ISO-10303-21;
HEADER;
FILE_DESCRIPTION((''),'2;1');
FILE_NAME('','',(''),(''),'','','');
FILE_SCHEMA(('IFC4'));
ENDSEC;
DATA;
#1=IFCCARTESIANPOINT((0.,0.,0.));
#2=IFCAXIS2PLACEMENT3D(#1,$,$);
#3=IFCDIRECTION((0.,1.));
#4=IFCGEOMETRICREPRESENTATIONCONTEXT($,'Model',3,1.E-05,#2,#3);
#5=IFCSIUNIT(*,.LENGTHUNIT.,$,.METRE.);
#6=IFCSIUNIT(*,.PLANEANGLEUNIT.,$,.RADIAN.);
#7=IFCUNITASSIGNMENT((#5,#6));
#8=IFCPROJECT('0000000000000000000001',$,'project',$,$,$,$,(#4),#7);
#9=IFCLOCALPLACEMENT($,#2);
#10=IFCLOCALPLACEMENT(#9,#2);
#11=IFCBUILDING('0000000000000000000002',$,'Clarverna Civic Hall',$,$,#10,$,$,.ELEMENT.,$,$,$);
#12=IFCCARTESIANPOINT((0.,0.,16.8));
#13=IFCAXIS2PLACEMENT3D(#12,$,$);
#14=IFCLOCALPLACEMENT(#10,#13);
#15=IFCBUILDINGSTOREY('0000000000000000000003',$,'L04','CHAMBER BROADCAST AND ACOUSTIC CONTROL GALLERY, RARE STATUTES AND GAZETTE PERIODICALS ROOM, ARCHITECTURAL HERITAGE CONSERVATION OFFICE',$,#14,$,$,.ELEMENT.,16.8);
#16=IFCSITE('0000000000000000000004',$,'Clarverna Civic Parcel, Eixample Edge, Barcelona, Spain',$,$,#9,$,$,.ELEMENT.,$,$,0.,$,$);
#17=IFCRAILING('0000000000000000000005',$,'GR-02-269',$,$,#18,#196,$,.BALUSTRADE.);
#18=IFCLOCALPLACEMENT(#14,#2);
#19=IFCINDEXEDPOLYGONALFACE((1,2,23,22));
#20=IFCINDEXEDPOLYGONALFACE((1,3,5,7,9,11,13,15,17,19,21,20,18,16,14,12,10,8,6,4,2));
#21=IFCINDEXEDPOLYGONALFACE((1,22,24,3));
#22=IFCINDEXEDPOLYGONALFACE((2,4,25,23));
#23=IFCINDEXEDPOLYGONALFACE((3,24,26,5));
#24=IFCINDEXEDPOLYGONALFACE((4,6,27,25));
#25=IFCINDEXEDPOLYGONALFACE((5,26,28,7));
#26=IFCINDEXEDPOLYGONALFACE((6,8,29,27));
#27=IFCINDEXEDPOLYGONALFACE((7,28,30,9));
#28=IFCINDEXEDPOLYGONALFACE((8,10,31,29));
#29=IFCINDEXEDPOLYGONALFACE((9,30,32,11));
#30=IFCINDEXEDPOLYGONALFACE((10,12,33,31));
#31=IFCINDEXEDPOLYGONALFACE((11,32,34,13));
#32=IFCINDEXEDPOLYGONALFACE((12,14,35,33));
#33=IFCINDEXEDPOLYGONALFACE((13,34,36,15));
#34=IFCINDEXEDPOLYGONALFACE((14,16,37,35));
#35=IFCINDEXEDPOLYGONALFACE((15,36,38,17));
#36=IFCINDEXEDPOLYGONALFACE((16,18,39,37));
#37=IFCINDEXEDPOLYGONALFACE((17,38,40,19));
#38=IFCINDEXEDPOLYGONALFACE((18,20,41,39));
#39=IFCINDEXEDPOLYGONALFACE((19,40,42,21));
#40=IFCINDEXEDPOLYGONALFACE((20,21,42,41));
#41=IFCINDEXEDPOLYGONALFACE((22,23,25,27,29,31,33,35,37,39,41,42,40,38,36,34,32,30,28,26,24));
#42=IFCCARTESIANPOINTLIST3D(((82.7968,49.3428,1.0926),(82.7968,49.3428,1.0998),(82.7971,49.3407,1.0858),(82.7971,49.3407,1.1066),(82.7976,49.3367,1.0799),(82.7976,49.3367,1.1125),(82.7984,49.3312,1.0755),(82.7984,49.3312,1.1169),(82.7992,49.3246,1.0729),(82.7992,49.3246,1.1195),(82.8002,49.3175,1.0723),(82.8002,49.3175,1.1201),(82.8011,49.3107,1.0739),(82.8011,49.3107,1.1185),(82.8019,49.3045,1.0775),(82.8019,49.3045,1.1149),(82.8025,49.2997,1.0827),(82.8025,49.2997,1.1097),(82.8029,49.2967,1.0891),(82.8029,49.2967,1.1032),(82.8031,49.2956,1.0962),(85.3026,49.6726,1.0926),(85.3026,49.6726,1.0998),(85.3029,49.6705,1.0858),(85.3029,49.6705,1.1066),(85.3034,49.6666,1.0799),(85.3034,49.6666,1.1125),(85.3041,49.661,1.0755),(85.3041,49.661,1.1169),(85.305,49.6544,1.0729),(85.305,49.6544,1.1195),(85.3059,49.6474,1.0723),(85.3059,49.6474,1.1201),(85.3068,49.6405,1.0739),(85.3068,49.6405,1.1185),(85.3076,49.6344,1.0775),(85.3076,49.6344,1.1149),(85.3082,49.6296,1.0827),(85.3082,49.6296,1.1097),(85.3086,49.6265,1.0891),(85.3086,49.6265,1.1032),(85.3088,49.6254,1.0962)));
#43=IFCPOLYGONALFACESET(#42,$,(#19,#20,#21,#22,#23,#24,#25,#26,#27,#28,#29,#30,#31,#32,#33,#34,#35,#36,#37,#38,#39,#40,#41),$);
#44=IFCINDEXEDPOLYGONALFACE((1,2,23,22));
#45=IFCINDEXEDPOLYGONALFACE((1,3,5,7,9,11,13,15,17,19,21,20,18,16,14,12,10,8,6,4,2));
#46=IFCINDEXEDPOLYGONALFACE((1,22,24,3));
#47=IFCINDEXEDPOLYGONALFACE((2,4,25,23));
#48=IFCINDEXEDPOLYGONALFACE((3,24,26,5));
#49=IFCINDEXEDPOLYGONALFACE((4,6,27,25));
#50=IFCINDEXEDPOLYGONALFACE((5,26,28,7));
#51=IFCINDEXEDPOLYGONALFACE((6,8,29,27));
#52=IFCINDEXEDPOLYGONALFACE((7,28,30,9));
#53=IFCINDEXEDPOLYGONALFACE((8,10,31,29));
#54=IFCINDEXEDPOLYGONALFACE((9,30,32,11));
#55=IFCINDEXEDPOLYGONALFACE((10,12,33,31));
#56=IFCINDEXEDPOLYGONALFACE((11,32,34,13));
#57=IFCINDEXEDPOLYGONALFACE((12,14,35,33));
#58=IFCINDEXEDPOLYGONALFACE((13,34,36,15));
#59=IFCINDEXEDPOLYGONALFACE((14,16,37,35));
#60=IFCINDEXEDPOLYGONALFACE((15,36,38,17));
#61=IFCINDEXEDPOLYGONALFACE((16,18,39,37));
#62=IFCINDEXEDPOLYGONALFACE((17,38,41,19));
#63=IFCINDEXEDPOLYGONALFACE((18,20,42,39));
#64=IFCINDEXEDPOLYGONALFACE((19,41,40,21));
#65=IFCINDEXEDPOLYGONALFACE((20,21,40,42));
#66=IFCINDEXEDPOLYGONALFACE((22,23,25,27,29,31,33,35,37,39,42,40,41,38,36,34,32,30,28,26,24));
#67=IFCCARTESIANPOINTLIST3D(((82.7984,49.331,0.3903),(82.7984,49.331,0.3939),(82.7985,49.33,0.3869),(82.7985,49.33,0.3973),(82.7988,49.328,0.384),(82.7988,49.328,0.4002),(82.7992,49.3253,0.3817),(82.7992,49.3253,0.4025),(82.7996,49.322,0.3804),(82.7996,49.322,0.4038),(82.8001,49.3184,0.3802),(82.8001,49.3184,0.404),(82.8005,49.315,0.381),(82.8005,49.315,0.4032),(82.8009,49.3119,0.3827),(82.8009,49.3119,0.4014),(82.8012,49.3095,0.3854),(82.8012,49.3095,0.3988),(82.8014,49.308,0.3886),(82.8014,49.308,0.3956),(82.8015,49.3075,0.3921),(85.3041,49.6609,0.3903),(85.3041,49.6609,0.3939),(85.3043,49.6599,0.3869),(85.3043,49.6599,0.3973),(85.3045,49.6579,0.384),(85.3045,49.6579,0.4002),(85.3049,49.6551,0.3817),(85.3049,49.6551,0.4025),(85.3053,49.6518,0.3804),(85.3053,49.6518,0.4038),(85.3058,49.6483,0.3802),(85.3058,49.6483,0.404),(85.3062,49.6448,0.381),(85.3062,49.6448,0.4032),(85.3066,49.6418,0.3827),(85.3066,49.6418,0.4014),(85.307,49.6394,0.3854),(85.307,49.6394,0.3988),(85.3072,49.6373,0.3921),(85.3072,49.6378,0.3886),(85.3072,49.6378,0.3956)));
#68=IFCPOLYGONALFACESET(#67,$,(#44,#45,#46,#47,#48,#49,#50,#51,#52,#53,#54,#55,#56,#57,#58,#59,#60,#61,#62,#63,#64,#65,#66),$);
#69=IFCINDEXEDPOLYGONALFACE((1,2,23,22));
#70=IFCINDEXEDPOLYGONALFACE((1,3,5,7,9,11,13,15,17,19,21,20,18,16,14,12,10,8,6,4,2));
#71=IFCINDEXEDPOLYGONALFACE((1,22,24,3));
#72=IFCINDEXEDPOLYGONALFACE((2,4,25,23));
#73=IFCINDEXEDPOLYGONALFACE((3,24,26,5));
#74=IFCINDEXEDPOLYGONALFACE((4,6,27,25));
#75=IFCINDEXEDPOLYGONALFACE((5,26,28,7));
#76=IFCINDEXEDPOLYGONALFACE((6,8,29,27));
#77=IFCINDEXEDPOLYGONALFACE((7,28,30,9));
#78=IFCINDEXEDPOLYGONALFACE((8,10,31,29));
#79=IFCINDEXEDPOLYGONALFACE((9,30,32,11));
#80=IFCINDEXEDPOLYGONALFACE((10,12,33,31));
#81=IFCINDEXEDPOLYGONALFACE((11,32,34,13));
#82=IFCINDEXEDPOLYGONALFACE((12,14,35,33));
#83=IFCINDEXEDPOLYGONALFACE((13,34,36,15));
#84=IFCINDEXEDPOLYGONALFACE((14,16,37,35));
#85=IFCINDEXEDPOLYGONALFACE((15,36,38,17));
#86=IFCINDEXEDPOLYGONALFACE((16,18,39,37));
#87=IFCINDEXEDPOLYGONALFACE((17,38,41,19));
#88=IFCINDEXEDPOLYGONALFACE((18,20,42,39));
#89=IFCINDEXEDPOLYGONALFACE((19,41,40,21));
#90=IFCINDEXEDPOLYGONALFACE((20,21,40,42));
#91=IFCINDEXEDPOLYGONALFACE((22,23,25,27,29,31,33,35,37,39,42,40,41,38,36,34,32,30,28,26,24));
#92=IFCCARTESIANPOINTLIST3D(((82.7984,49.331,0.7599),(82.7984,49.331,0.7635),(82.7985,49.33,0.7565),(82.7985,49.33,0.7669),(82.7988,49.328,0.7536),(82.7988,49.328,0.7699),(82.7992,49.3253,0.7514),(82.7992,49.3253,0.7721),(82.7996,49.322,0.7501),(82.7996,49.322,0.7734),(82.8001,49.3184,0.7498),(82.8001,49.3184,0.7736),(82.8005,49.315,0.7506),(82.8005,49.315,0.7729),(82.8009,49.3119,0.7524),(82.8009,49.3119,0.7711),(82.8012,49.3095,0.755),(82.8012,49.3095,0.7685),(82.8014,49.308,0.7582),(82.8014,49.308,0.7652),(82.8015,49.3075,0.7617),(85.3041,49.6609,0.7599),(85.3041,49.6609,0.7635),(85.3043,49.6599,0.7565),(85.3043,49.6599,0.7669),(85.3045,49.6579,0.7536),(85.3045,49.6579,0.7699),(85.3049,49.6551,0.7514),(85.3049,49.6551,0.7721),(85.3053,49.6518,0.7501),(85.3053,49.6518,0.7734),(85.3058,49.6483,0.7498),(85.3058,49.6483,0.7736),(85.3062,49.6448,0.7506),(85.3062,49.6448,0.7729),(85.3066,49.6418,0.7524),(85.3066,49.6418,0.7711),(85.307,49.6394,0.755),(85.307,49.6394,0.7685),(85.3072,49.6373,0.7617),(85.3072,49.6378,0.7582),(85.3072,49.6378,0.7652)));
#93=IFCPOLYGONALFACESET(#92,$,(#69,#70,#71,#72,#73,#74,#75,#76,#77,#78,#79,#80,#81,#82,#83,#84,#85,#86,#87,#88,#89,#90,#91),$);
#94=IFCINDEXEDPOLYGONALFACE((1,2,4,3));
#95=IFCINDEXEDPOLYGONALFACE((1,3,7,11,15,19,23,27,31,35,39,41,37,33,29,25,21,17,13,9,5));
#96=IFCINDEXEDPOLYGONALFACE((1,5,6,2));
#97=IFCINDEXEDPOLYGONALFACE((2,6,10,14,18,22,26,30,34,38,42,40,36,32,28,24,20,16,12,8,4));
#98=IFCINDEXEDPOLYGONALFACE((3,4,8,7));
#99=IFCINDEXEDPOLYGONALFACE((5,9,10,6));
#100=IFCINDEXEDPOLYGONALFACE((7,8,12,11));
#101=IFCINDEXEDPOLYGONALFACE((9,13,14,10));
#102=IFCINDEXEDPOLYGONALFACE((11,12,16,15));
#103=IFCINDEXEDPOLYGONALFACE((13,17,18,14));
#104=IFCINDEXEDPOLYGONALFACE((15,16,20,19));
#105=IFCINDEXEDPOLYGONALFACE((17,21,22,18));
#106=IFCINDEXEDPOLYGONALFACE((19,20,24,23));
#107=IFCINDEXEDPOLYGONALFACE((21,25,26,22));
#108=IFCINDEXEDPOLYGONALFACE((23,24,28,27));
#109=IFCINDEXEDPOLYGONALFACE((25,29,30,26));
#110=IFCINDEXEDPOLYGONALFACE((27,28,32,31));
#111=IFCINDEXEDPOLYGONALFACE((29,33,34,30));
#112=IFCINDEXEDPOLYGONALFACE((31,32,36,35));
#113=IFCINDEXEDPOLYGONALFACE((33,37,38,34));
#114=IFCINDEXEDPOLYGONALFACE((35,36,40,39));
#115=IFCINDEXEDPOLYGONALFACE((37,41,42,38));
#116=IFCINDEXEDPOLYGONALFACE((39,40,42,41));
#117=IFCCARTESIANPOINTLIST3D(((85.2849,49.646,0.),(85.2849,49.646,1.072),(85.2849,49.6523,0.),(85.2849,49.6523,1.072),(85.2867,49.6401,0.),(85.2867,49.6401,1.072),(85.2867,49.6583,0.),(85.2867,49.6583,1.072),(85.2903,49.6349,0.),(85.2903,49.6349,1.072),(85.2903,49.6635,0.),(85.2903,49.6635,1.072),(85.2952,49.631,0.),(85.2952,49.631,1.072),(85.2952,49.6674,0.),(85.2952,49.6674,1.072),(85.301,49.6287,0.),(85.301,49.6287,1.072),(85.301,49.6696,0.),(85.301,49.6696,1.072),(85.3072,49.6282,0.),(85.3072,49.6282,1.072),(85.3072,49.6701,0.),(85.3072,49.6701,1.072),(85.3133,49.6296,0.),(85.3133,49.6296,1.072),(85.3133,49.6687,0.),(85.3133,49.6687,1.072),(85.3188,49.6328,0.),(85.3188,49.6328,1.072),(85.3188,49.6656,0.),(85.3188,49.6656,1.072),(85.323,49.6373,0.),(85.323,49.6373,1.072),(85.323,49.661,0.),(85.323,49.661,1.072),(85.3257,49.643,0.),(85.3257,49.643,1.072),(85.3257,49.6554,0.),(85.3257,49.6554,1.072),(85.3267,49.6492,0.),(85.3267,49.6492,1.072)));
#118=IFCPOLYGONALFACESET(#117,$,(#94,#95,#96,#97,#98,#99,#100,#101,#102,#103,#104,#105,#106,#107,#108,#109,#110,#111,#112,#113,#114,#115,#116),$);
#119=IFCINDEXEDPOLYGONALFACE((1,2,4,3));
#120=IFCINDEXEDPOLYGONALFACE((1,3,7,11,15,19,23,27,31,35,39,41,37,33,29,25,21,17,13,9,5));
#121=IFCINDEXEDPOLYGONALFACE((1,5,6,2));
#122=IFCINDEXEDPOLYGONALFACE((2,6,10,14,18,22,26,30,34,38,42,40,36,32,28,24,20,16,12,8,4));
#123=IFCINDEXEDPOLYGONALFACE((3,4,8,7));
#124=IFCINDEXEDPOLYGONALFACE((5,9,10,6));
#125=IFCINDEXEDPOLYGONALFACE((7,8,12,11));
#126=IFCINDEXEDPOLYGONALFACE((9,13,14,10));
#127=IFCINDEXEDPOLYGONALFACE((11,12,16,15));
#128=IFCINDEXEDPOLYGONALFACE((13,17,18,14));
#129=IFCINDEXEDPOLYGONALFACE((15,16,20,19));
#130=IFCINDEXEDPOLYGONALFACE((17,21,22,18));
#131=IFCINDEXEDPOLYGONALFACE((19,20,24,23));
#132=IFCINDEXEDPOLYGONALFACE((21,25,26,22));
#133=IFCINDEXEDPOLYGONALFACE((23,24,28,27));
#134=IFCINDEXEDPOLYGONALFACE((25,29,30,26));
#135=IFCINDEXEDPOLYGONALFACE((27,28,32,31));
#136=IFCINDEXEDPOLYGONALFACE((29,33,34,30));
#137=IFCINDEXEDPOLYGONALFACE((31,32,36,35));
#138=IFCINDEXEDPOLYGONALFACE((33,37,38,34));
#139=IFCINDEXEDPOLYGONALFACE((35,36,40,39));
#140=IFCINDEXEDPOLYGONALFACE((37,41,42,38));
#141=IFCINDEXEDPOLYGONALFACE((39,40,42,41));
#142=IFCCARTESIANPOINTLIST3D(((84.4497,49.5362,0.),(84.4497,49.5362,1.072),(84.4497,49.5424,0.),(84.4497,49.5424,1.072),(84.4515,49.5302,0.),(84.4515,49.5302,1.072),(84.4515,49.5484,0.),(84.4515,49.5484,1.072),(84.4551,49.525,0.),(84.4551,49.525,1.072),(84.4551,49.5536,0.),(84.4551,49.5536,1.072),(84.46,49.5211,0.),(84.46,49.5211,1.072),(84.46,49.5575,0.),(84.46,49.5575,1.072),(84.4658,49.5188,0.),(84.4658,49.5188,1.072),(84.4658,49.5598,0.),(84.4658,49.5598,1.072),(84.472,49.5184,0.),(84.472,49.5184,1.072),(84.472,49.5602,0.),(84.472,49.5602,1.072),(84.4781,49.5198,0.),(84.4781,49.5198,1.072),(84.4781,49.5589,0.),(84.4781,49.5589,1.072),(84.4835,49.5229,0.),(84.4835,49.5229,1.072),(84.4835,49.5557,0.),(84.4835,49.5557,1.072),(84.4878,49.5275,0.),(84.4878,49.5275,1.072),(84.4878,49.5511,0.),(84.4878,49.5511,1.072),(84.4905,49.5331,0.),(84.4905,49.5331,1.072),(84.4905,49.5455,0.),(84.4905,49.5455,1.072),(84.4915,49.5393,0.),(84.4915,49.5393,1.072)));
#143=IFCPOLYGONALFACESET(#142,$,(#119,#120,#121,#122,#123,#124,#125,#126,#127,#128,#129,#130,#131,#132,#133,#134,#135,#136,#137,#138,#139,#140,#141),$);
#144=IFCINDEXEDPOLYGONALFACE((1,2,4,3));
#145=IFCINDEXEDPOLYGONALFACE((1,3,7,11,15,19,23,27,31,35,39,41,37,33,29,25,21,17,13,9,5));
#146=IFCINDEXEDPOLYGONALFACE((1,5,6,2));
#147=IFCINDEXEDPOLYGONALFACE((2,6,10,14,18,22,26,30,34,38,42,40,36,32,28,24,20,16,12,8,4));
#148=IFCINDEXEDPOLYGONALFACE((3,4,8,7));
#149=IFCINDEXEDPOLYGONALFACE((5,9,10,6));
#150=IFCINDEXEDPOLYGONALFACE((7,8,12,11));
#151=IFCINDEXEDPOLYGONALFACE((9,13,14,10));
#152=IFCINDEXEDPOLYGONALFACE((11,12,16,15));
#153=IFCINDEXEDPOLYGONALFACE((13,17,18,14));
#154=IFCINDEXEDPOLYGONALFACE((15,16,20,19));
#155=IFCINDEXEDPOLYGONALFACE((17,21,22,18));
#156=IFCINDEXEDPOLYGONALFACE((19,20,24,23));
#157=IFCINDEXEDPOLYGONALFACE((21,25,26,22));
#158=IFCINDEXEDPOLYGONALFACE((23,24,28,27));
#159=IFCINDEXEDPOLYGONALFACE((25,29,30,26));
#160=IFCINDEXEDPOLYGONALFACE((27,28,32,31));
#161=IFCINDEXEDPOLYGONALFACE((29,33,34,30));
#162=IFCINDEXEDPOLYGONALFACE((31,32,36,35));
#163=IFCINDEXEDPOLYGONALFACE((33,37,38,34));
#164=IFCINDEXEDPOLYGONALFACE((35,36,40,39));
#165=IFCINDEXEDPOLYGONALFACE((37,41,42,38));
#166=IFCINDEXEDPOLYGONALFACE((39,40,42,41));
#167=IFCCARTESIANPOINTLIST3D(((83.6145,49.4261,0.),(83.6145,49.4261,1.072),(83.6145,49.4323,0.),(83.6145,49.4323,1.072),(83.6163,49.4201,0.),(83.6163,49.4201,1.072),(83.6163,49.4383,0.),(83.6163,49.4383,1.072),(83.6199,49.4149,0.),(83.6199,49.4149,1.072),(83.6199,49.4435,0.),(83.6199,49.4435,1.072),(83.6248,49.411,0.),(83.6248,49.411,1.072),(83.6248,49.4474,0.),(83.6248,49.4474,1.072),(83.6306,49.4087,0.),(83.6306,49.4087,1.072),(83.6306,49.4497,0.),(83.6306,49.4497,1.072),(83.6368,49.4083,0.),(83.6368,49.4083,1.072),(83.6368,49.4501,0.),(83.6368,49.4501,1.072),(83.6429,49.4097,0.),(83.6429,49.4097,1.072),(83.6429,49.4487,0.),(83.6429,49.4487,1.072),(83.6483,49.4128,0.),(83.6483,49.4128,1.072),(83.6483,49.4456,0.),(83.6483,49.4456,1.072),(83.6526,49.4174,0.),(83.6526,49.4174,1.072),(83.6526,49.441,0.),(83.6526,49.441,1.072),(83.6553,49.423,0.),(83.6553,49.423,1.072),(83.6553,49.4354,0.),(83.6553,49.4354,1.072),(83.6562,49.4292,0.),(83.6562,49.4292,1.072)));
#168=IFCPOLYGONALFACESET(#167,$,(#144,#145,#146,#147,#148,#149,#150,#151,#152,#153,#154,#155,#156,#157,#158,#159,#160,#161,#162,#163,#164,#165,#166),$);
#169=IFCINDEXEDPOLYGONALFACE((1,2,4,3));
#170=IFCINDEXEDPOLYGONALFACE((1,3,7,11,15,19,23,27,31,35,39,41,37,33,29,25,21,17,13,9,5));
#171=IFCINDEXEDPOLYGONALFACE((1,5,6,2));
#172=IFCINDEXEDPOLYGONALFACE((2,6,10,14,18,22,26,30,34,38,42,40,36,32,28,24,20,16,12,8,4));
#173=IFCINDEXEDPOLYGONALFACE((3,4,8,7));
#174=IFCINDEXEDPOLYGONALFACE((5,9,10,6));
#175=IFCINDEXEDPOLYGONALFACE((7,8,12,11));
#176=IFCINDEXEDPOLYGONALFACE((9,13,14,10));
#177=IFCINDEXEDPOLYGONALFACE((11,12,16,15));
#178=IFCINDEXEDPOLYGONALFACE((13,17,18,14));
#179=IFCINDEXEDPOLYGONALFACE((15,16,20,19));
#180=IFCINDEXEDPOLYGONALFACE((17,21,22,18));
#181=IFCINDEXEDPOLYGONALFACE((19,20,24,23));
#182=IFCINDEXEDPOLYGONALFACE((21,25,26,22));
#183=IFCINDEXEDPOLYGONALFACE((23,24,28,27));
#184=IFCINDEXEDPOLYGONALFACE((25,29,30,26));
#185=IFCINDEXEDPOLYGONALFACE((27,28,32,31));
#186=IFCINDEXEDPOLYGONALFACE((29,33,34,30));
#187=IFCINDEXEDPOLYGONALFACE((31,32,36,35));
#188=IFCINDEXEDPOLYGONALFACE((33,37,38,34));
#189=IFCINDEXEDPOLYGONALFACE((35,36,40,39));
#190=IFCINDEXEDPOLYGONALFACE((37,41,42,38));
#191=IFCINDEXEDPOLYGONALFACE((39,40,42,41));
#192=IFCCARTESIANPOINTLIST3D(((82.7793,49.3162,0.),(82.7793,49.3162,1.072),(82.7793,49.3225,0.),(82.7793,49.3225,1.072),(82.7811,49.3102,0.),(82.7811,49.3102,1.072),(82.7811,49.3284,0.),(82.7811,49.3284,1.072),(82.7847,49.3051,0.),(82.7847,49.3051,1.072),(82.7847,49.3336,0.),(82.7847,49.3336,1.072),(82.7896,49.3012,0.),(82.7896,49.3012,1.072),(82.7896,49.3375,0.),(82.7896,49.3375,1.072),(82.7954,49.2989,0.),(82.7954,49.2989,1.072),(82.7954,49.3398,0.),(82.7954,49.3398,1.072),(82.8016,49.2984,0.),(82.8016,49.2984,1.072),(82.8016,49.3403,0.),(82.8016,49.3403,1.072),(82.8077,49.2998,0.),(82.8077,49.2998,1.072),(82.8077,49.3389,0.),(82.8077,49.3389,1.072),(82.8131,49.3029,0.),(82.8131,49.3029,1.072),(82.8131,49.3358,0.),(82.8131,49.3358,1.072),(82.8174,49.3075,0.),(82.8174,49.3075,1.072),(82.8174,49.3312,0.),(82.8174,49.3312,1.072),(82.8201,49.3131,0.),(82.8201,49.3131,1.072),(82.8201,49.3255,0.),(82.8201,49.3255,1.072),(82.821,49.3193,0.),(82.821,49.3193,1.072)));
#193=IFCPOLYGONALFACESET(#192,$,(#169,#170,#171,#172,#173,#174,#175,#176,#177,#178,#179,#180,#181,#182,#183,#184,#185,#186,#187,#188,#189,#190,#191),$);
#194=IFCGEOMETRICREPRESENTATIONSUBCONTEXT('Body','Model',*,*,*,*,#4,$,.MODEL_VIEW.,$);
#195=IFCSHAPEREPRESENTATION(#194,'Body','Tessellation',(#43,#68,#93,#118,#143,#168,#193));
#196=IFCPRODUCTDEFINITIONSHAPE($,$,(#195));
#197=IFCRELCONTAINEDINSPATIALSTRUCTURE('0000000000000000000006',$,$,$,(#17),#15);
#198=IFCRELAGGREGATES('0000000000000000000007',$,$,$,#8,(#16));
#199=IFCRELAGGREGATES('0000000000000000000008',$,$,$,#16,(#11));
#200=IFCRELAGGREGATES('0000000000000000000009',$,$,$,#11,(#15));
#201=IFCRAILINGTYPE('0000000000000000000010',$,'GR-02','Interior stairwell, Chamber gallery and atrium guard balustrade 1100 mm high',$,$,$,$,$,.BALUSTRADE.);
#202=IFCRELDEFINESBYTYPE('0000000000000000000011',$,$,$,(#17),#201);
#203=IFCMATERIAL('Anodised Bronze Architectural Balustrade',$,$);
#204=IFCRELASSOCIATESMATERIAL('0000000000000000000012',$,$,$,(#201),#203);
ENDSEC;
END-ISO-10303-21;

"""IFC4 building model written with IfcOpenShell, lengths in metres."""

from ifc_helpers import new_model, si_unit, direction, frame, origin, origin_2d, place, context, subcontext, project, spatial, circle, extrude, material, type_object, element, save


model = new_model("IFC4")

# Units and contexts
model_context = context("Model", 3, precision=1e-05, world=origin(), true_north=direction((0.0, 1.0)))
body_context = subcontext(model_context, "Body", "Model", "MODEL_VIEW")
ifc_project = project(units=[si_unit("LENGTHUNIT", "METRE"), si_unit("PLANEANGLEUNIT", "RADIAN")], contexts=[model_context])

# Site, building, storey
site_placement = place(None, origin())
site = spatial("IfcSite", under=ifc_project, at=site_placement, Name="Clarverna Civic Parcel, Eixample Edge, Barcelona, Spain", CompositionType="ELEMENT", RefElevation=0.0)
building_placement = place(site_placement, origin())
building = spatial("IfcBuilding", under=site, at=building_placement, Name="Clarverna Civic Hall", CompositionType="ELEMENT")
storey_placement = place(building_placement, frame((0.0, 0.0, 16.8)))
storey = spatial("IfcBuildingStorey", under=building, at=storey_placement, Name="L04", Description="CHAMBER BROADCAST AND ACOUSTIC CONTROL GALLERY, RARE STATUTES AND GAZETTE PERIODICALS ROOM, ARCHITECTURAL HERITAGE CONSERVATION OFFICE", CompositionType="ELEMENT", Elevation=16.8)

# Railing
ifc_material_1 = material(Name="Anodised Bronze Architectural Balustrade")
railing_type = type_object("IfcRailingType", Name="GR-02", Description="Interior stairwell, Chamber gallery and atrium guard balustrade 1100 mm high", PredefinedType="BALUSTRADE", material=ifc_material_1)
railing_1_placement = place(storey_placement, frame((85.3057, 49.6492, 0.0)))
element("IfcRailing", 1, at=railing_1_placement, inside=storey, type_object=railing_type, Name="GR-02-269", PredefinedType="BALUSTRADE", context=body_context, shape_type="SweptSolid", body=[
    extrude(circle(Radius=0.0239, at=origin_2d()), frame((0.0, 0.0, 1.0962), z_axis=(-0.991447, -0.130512, 0.0), x_axis=(0.130512, -0.991447, 0.0)), (0.0, 0.0, 1.0), 2.5273),
    extrude(circle(Radius=0.012, at=origin_2d()), frame((0.0, 0.0, 0.3921), z_axis=(-0.991447, -0.130512, 0.0), x_axis=(0.130512, -0.991447, 0.0)), (0.0, 0.0, 1.0), 2.5273),
    extrude(circle(Radius=0.012, at=origin_2d()), frame((0.0, 0.0, 0.7617), z_axis=(-0.991447, -0.130512, 0.0), x_axis=(0.130512, -0.991447, 0.0)), (0.0, 0.0, 1.0), 2.5273),
    extrude(circle(Radius=0.021, at=origin_2d()), origin(), (0.0, 0.0, 1.0), 1.072),
    extrude(circle(Radius=0.021, at=origin_2d()), frame((-0.8352, -0.1099, 0.0)), (0.0, 0.0, 1.0), 1.072),
    extrude(circle(Radius=0.021, at=origin_2d()), frame((-1.6704, -0.22, 0.0)), (0.0, 0.0, 1.0), 1.072),
    extrude(circle(Radius=0.021, at=origin_2d()), frame((-2.5056, -0.3298, 0.0)), (0.0, 0.0, 1.0), 1.072),
])

save(model, "model.ifc")
